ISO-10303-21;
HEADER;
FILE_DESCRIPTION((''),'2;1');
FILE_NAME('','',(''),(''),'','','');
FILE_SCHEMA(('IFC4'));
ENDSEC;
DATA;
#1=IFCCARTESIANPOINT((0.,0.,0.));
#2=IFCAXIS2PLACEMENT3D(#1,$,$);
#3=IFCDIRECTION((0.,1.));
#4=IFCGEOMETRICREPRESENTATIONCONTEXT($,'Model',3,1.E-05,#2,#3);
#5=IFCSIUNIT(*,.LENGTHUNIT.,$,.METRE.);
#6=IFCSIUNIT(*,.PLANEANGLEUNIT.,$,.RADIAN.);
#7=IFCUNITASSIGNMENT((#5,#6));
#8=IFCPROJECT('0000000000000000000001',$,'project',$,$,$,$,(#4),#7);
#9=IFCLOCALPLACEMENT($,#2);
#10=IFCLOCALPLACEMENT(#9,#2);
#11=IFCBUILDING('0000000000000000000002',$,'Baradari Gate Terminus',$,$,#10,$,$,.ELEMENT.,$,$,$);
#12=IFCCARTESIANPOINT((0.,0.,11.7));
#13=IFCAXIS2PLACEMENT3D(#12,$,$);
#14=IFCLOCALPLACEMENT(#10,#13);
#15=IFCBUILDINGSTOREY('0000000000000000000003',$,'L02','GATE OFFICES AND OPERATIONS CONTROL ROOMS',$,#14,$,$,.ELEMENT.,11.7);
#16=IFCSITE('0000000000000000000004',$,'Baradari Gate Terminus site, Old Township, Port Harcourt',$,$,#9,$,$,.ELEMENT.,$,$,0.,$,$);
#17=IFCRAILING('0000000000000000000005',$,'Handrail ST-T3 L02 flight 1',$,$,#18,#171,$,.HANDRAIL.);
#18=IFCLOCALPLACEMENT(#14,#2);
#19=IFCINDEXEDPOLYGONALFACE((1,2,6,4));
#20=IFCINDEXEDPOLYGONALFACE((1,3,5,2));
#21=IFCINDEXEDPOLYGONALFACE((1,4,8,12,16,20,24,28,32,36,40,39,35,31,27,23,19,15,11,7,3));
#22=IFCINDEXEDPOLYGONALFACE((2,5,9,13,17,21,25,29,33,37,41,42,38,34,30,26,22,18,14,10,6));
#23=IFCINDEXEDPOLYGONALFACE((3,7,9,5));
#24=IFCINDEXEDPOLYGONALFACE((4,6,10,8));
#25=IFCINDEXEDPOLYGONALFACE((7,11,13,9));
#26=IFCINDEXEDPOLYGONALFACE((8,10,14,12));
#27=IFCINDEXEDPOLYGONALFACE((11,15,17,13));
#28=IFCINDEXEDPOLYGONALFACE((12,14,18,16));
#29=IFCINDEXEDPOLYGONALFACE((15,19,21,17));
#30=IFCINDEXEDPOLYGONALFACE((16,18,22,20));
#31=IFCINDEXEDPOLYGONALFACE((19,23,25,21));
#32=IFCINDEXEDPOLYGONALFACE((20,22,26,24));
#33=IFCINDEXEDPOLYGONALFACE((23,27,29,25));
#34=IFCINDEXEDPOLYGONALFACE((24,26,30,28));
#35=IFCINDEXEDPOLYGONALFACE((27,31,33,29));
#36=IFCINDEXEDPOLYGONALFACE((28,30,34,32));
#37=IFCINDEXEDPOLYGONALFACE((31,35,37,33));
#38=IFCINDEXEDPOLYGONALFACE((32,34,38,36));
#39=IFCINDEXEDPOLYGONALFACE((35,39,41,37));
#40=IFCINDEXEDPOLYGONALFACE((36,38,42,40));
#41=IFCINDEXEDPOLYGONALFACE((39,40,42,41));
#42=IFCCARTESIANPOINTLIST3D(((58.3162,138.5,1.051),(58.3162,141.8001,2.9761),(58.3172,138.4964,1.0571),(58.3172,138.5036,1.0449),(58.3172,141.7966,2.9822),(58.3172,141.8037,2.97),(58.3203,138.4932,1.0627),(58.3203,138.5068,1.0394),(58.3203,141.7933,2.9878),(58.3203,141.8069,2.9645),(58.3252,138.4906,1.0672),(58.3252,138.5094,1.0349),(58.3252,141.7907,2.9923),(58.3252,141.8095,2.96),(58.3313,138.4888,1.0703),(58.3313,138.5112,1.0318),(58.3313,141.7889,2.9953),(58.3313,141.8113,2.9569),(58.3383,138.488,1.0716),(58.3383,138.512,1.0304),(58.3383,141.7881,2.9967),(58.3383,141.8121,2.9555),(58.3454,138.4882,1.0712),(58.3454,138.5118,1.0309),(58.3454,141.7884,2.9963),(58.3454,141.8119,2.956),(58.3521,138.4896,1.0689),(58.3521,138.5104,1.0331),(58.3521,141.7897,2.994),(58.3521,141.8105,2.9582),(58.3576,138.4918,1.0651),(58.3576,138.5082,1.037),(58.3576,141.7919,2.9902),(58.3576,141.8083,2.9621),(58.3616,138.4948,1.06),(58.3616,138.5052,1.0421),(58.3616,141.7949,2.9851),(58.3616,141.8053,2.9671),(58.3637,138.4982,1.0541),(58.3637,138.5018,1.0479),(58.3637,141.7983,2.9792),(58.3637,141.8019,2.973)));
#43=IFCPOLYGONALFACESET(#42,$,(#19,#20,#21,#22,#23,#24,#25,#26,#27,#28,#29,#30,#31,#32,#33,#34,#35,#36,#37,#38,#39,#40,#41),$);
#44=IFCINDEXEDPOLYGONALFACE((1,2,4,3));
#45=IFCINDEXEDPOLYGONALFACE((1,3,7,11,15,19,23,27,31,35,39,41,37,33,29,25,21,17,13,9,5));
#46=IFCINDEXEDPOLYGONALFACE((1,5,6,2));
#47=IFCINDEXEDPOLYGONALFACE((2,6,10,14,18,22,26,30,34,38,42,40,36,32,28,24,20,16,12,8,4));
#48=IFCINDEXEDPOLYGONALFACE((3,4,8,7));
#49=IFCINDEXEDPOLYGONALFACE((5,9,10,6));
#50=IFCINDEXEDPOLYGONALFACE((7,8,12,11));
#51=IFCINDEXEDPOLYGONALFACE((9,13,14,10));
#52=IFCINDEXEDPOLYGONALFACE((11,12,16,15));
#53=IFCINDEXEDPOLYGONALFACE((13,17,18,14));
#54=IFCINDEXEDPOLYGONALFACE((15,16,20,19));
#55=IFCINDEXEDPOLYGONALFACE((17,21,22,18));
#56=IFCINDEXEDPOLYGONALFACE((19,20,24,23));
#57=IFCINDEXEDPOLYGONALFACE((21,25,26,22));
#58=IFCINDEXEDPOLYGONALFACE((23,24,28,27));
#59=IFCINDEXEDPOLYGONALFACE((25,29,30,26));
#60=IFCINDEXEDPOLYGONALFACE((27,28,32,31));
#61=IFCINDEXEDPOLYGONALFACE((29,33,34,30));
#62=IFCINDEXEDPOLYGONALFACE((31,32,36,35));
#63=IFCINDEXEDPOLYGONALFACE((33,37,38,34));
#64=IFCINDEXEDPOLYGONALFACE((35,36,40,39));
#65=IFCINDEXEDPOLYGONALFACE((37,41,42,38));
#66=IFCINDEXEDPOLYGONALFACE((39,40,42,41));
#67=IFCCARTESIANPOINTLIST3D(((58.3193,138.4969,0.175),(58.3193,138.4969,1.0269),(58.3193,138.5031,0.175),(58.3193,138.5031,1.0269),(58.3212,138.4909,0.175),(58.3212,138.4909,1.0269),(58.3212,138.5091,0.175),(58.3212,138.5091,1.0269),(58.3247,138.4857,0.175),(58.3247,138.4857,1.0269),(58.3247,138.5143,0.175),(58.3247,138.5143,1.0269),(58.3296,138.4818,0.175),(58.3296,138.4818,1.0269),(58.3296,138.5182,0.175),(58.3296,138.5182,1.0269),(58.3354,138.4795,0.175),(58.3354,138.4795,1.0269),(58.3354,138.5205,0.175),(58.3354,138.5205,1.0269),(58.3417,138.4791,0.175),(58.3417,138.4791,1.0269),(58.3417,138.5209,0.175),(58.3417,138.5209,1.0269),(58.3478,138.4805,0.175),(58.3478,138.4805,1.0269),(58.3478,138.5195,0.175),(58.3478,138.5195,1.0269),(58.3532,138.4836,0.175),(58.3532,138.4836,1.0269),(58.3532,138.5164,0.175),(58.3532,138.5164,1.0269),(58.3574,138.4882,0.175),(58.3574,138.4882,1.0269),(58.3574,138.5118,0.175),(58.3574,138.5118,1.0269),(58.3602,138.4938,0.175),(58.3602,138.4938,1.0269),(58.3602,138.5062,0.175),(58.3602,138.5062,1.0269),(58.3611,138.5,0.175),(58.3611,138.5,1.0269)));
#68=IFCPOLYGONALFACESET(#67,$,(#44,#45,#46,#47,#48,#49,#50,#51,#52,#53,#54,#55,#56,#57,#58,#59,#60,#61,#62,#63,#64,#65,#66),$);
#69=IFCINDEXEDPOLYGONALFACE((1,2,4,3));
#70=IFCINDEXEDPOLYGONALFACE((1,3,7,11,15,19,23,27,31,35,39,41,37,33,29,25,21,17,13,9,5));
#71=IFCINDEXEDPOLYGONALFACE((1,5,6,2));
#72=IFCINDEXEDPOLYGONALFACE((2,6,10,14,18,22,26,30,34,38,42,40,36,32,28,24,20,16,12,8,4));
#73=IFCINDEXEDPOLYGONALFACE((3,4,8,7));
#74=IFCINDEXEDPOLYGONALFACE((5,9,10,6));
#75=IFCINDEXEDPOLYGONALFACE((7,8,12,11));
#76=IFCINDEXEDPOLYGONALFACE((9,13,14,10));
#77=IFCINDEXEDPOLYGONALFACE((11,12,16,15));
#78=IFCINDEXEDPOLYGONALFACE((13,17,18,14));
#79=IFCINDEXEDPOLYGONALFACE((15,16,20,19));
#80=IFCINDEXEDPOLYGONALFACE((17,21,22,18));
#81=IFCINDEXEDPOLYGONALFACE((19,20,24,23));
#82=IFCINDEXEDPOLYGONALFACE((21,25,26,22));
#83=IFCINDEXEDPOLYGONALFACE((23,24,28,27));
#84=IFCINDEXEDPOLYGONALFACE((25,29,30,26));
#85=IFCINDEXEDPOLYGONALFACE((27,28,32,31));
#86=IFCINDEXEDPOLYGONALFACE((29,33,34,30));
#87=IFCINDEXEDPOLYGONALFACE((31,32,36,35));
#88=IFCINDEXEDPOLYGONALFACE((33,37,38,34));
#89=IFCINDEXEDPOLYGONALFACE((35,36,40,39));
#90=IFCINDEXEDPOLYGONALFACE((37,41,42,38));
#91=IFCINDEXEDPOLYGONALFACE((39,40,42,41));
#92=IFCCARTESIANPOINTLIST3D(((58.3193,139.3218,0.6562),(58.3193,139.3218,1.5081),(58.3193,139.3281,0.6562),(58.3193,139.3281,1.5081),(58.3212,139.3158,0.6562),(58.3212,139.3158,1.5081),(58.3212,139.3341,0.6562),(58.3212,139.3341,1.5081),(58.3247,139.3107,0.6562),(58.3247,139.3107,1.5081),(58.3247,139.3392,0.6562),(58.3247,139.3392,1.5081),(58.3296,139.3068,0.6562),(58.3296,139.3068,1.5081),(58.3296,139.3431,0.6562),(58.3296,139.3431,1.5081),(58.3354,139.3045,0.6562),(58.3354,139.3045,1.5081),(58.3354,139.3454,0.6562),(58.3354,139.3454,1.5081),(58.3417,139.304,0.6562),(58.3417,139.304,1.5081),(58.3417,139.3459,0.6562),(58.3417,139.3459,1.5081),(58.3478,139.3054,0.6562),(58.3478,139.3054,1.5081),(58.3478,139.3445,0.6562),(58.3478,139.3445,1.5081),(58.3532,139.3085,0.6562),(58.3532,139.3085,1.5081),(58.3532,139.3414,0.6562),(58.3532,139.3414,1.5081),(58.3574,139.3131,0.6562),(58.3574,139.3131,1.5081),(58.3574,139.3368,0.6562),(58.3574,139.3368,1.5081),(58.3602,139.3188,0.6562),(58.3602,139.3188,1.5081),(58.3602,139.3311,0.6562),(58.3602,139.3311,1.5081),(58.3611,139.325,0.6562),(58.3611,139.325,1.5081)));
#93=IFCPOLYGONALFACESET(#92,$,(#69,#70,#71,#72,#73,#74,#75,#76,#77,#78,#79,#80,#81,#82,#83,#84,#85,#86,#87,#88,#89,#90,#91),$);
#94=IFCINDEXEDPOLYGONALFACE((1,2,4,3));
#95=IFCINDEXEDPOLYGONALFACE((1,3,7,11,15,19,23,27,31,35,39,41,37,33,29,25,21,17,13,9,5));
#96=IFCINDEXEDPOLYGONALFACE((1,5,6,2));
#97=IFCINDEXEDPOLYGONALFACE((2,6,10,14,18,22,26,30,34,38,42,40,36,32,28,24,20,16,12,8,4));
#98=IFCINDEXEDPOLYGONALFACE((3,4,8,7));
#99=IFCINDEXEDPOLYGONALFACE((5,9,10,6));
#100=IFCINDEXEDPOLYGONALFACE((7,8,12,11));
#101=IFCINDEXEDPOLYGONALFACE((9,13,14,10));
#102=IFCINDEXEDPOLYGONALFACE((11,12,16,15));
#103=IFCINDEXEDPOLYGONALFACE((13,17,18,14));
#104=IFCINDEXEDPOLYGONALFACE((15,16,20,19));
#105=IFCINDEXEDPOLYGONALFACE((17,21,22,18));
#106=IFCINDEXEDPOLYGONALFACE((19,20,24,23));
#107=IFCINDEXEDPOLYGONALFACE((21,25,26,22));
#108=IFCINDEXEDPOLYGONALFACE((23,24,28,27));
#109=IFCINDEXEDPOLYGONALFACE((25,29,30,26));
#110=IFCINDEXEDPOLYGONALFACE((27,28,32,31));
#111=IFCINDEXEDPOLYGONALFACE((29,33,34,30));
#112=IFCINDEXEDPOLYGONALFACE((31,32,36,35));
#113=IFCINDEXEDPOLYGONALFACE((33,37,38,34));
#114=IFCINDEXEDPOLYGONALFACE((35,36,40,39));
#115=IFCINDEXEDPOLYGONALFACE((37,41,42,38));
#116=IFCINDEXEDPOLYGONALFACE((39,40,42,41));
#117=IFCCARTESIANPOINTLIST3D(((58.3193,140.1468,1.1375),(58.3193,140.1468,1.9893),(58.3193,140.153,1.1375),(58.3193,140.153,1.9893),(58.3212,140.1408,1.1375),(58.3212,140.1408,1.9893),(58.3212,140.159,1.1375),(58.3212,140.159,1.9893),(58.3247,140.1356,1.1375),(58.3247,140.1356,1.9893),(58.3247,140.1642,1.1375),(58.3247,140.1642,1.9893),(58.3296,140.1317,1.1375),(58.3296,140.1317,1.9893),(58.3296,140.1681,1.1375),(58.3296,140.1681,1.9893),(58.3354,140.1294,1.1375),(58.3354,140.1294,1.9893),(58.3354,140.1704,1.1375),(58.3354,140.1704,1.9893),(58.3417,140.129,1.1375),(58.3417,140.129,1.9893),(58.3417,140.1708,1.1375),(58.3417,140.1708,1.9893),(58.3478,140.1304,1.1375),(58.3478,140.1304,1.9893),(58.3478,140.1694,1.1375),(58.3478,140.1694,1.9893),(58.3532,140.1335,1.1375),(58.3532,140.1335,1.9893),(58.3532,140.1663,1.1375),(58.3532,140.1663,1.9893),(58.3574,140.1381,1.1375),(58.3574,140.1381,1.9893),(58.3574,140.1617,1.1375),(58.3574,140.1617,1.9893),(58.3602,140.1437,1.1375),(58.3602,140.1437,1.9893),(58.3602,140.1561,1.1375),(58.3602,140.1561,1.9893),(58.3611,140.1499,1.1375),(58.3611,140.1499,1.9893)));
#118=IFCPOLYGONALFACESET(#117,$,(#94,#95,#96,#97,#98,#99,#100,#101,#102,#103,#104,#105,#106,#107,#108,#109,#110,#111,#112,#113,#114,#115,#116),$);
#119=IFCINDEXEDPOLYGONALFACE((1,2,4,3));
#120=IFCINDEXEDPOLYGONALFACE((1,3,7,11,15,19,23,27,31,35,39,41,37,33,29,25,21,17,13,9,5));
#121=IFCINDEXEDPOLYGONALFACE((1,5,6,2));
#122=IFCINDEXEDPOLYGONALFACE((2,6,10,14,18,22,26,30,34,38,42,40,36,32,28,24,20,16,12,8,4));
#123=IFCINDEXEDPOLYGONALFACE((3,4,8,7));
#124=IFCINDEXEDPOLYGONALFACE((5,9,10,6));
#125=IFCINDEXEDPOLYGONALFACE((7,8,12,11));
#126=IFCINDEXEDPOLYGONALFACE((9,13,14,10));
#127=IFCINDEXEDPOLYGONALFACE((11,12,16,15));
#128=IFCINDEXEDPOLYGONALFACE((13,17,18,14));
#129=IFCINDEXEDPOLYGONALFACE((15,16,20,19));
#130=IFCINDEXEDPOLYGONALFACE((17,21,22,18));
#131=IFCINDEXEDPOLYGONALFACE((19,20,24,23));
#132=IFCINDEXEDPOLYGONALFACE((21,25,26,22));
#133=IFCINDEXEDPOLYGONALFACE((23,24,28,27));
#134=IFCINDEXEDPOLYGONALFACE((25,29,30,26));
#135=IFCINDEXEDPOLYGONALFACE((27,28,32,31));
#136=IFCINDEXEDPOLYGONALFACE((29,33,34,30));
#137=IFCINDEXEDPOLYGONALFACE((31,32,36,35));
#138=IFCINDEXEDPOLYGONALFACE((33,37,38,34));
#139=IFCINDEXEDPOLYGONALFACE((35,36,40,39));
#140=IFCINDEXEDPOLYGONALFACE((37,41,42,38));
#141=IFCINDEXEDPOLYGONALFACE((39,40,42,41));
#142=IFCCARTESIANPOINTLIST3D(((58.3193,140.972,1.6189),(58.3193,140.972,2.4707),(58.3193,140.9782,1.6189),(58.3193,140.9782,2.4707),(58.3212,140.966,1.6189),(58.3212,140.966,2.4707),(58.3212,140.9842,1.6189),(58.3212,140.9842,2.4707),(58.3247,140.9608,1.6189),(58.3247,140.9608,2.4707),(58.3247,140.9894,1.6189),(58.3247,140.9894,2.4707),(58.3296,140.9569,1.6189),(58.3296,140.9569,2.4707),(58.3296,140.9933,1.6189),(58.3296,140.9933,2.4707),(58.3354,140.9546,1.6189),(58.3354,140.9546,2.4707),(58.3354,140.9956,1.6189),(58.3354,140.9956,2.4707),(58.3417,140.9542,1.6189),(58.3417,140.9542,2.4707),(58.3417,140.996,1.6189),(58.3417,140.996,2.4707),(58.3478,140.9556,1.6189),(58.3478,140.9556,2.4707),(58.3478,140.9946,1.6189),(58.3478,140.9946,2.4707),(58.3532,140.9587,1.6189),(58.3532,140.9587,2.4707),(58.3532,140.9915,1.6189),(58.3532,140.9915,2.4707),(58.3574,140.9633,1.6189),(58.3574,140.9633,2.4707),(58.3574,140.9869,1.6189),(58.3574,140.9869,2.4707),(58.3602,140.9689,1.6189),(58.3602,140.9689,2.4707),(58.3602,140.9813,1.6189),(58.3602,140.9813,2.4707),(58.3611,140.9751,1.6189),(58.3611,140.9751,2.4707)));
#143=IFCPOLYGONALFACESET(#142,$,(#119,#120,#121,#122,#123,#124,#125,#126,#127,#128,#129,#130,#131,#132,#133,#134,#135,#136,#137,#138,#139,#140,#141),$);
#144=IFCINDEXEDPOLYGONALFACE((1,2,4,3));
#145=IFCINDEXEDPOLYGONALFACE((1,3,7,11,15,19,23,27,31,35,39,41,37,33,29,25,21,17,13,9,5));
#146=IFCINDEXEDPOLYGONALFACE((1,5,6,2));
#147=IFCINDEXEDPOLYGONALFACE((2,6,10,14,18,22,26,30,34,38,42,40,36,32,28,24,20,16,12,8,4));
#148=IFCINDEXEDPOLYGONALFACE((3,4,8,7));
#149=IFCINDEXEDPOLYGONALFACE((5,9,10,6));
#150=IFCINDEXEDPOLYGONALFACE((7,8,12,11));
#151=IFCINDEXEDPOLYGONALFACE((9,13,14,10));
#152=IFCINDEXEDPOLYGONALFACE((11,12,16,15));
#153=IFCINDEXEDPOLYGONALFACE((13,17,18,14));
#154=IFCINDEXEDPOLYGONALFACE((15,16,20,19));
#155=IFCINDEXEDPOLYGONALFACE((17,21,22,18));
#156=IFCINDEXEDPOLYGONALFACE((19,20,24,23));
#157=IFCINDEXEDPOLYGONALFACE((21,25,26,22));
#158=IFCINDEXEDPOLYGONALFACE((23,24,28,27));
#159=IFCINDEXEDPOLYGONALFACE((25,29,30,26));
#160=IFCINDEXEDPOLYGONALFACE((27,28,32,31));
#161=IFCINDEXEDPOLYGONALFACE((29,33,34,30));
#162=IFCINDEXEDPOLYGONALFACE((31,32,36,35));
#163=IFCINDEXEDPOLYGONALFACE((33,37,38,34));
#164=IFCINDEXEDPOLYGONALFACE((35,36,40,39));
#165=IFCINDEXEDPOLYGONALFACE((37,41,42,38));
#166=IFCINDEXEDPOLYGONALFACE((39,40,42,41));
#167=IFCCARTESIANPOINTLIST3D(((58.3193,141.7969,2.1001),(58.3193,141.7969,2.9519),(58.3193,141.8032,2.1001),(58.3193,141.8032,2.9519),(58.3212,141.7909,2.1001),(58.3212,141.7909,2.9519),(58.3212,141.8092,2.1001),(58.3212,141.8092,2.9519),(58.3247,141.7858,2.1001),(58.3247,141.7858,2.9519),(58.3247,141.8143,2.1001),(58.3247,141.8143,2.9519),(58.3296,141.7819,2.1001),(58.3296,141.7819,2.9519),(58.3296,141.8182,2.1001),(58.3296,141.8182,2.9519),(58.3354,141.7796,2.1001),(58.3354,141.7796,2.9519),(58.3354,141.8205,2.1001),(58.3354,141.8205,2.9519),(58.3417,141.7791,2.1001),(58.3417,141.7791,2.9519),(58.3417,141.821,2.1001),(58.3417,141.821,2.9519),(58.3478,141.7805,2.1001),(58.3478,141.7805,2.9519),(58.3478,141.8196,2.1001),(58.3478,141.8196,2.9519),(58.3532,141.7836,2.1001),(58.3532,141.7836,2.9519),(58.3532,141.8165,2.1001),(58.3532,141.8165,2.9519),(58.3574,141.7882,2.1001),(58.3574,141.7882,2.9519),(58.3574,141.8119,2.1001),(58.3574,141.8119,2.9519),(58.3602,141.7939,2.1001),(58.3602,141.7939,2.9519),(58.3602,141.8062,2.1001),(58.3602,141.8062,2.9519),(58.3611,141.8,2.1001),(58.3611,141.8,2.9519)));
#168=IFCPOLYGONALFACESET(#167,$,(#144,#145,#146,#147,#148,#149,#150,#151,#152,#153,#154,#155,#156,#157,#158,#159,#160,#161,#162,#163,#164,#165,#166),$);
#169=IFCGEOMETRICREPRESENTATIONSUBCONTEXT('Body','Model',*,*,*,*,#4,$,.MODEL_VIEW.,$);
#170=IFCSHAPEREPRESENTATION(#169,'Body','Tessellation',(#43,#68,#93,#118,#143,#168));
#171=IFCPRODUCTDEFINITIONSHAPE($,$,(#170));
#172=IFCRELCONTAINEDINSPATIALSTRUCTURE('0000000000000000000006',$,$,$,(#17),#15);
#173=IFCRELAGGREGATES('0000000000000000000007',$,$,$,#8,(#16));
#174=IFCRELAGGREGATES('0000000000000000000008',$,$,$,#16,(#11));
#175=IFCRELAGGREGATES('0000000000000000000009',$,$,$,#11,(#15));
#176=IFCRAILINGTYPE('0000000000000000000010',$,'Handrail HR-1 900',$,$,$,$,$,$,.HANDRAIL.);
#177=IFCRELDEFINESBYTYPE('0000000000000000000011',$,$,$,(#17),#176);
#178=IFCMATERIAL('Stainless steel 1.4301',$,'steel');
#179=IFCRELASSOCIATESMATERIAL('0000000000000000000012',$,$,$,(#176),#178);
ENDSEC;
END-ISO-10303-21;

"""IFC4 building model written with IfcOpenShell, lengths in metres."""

from ifc_helpers import new_model, si_unit, direction, frame, origin, origin_2d, place, context, subcontext, project, spatial, circle, extrude, material, type_object, element, save


model = new_model("IFC4")

# Units and contexts
model_context = context("Model", 3, precision=1e-05, world=origin(), true_north=direction((0.0, 1.0)))
body_context = subcontext(model_context, "Body", "Model", "MODEL_VIEW")
ifc_project = project(units=[si_unit("LENGTHUNIT", "METRE"), si_unit("PLANEANGLEUNIT", "RADIAN")], contexts=[model_context])

# Site, building, storey
site_placement = place(None, origin())
site = spatial("IfcSite", under=ifc_project, at=site_placement, Name="Baradari Gate Terminus site, Old Township, Port Harcourt", CompositionType="ELEMENT", RefElevation=0.0)
building_placement = place(site_placement, origin())
building = spatial("IfcBuilding", under=site, at=building_placement, Name="Baradari Gate Terminus", CompositionType="ELEMENT")
storey_placement = place(building_placement, frame((0.0, 0.0, 11.7)))
storey = spatial("IfcBuildingStorey", under=building, at=storey_placement, Name="L02", Description="GATE OFFICES AND OPERATIONS CONTROL ROOMS", CompositionType="ELEMENT", Elevation=11.7)

# Railing
ifc_material_1 = material(Name="Stainless steel 1.4301", Category="steel")
railing_type = type_object("IfcRailingType", Name="Handrail HR-1 900", PredefinedType="HANDRAIL", material=ifc_material_1)
for number, where, name in (
    (1, (58.3401, 138.5, 0.175), "Handrail ST-T3 L02 flight 1"),
):
    element("IfcRailing", number, at=place(storey_placement, frame(where)), inside=storey, type_object=railing_type, Name=name, PredefinedType="HANDRAIL", context=body_context, shape_type="SweptSolid", body=[
        extrude(circle(Radius=0.0239, at=origin_2d()), frame((0.0, 0.0, 0.876), z_axis=(0.0, 0.863777, 0.503875), x_axis=(-1.0, 0.0, 0.0)), (0.0, 0.0, 1.0), 3.8206),
        extrude(circle(Radius=0.021, at=origin_2d()), origin(), (0.0, 0.0, 1.0), 0.8518),
        extrude(circle(Radius=0.021, at=origin_2d()), frame((0.0, 0.825, 0.4812)), (0.0, 0.0, 1.0), 0.8518),
        extrude(circle(Radius=0.021, at=origin_2d()), frame((0.0, 1.6499, 0.9624)), (0.0, 0.0, 1.0), 0.8518),
        extrude(circle(Radius=0.021, at=origin_2d()), frame((0.0, 2.4751, 1.4438)), (0.0, 0.0, 1.0), 0.8518),
        extrude(circle(Radius=0.021, at=origin_2d()), frame((0.0, 3.3, 1.925)), (0.0, 0.0, 1.0), 0.8518),
    ])

save(model, "model.ifc")
